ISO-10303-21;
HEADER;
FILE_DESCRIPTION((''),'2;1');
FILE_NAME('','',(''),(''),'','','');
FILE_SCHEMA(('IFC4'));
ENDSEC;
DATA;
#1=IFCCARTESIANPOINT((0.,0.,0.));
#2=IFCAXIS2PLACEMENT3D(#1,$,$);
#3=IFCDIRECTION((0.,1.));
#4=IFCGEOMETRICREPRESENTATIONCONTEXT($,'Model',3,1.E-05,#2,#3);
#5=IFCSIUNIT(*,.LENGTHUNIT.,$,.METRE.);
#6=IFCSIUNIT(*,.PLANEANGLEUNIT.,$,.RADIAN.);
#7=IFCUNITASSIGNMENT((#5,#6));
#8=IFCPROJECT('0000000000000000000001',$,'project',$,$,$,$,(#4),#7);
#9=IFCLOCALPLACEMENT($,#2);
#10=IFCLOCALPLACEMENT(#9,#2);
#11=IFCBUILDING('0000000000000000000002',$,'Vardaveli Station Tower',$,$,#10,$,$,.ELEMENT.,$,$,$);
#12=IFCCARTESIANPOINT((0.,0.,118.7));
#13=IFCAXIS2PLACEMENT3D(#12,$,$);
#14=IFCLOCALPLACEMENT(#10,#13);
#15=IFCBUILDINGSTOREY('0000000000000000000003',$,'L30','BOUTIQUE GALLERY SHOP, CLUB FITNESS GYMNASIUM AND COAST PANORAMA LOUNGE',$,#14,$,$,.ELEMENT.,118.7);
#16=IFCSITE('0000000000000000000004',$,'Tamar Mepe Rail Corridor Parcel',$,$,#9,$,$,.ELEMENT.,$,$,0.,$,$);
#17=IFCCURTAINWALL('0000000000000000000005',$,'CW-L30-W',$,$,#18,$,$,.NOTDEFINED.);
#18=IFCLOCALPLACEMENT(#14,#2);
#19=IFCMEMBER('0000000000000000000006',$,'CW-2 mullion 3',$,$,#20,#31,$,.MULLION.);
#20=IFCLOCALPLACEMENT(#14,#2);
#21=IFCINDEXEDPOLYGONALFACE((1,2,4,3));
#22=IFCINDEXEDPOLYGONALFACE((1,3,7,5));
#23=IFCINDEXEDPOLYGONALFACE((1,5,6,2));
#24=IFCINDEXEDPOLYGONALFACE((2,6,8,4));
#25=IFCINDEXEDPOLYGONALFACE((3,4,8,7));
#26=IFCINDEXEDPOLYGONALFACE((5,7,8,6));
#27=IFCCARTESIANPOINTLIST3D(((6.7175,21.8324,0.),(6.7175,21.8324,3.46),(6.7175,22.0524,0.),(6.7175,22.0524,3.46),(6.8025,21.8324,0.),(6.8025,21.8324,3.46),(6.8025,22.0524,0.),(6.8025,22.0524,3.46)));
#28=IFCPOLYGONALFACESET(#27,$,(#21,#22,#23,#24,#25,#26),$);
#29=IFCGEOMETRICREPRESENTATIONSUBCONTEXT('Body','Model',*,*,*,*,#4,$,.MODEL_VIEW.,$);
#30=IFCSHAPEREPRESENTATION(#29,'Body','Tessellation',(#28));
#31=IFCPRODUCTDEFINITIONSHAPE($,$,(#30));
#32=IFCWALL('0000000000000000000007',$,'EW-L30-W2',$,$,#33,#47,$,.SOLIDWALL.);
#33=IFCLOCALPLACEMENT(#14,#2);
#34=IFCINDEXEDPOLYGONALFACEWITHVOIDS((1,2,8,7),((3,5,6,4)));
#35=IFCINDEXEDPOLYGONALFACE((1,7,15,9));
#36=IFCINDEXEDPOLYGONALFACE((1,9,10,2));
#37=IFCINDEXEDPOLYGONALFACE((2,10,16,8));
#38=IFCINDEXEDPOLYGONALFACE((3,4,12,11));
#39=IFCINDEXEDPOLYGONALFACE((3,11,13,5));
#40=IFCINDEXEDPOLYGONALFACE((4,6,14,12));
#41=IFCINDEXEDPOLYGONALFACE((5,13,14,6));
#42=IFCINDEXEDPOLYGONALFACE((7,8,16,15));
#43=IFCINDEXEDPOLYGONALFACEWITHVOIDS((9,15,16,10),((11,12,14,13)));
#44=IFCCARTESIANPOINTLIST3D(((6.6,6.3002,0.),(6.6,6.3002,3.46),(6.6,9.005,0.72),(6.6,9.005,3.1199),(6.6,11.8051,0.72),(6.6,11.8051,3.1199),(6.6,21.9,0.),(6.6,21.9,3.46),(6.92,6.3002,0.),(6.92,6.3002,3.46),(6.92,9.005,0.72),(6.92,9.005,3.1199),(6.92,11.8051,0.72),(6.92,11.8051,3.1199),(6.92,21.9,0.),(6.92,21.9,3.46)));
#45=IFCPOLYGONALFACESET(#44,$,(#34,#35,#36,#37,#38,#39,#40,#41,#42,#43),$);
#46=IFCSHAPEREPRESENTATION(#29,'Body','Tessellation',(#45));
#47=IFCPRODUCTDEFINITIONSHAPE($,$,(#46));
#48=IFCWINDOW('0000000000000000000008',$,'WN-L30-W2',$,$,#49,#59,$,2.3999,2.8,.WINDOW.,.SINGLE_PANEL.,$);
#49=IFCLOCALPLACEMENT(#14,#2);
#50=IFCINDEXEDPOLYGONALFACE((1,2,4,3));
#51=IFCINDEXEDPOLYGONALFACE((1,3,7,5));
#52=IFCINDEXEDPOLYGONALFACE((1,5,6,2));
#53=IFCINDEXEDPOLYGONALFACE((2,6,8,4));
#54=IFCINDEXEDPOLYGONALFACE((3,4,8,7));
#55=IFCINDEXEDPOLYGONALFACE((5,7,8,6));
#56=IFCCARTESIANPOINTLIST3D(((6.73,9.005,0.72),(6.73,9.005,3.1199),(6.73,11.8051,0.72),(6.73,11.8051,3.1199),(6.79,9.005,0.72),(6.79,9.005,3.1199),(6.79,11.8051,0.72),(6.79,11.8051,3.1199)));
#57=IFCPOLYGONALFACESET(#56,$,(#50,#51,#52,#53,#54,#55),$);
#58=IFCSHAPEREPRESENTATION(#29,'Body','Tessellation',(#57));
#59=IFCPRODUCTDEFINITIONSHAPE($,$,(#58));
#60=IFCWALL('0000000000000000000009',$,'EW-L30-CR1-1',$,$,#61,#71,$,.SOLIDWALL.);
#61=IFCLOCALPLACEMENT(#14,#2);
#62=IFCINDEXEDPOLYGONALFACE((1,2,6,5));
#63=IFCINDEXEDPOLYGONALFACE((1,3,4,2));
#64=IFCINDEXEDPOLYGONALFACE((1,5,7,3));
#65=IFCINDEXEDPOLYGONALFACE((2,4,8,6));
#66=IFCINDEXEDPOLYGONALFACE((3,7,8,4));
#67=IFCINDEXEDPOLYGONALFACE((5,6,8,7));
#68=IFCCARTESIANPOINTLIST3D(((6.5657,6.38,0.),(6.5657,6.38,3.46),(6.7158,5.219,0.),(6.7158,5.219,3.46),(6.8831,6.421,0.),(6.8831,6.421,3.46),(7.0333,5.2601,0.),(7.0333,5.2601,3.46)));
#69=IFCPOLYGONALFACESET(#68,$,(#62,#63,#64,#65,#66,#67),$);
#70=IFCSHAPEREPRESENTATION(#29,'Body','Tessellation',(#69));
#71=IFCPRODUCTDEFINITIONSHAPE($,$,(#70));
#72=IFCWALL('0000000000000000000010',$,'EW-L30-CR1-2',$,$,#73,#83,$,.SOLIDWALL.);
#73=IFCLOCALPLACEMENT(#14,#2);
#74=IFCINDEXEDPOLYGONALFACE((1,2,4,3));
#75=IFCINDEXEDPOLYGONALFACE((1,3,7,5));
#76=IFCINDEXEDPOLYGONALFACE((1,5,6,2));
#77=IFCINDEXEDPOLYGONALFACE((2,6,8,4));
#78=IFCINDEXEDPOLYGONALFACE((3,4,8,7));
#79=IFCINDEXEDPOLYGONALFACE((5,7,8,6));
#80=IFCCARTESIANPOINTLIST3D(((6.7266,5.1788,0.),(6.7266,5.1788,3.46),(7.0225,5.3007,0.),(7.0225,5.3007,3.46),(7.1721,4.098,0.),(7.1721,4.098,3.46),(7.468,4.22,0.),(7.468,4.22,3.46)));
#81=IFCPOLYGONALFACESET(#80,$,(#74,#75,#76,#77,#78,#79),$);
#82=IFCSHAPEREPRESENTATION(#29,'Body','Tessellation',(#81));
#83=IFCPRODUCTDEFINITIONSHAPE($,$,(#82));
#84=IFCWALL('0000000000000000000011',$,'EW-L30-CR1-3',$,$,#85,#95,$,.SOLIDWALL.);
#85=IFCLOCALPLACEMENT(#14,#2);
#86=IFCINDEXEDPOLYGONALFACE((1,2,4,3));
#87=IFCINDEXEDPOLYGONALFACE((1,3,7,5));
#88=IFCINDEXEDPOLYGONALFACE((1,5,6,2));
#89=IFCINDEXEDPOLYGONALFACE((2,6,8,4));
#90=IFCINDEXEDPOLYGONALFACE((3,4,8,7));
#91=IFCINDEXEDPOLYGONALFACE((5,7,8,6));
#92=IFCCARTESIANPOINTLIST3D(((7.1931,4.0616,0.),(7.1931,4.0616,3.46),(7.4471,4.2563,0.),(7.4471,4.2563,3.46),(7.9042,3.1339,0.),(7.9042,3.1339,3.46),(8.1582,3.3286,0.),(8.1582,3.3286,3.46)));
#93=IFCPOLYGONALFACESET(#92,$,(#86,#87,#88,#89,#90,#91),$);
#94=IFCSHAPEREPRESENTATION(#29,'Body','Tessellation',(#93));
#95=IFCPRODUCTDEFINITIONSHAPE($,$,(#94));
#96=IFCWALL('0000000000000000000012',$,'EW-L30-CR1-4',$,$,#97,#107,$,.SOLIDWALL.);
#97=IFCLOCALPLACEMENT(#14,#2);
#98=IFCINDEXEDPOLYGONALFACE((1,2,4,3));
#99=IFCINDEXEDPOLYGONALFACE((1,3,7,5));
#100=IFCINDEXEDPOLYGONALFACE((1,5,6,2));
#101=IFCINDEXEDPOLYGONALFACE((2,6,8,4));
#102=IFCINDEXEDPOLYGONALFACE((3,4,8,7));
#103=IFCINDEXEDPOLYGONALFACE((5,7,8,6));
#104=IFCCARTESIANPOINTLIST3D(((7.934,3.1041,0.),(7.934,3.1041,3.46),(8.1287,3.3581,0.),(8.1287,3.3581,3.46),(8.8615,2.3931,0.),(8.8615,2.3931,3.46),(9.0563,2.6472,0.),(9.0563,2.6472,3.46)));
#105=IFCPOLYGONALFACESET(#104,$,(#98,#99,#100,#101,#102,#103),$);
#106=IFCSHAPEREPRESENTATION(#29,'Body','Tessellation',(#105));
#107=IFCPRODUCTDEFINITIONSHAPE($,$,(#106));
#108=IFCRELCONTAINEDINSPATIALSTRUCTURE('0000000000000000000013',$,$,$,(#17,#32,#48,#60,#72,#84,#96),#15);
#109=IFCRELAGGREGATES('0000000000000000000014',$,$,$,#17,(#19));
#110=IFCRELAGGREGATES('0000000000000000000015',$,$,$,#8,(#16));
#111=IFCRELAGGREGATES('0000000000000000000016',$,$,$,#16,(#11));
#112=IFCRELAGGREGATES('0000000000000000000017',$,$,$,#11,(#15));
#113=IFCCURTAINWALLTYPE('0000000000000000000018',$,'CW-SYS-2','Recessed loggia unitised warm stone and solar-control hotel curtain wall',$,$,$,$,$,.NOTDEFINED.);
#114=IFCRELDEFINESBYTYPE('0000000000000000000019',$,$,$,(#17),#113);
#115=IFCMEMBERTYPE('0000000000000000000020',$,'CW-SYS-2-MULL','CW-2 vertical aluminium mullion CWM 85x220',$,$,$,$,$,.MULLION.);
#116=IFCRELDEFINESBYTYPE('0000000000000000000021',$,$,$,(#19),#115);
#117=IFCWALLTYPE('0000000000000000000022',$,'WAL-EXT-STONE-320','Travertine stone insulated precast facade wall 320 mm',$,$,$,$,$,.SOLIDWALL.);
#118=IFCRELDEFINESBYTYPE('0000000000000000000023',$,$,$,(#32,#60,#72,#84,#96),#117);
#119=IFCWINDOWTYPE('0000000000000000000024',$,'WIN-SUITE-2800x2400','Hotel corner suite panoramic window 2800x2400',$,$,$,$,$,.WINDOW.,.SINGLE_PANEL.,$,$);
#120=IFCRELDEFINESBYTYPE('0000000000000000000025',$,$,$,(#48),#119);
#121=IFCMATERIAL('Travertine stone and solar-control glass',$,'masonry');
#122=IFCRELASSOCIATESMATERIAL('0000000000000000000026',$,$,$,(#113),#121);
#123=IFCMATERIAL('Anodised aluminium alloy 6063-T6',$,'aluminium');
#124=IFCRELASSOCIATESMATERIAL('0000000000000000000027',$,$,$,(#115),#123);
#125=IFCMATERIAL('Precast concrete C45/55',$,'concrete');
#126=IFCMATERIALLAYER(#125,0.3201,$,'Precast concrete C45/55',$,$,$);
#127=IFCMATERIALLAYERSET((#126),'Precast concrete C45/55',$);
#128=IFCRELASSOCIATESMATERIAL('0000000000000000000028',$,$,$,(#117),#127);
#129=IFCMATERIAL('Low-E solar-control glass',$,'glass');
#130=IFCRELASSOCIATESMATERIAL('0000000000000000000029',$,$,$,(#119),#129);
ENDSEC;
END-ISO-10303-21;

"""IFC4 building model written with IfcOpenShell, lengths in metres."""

from ifc_helpers import new_model, si_unit, direction, frame, frame_2d, origin, origin_2d, place, context, subcontext, project, spatial, rectangle, extrude, source, transform, mapped, material, layer, layer_set, material_profile, profile_set, type_object, element, fill, aggregate, save


model = new_model("IFC4")

# Units and contexts
model_context = context("Model", 3, precision=1e-05, world=origin(), true_north=direction((0.0, 1.0)))
body_context = subcontext(model_context, "Body", "Model", "MODEL_VIEW")
ifc_project = project(units=[si_unit("LENGTHUNIT", "METRE"), si_unit("PLANEANGLEUNIT", "RADIAN")], contexts=[model_context])

# Site, building, storey
site_placement = place(None, origin())
site = spatial("IfcSite", under=ifc_project, at=site_placement, Name="Tamar Mepe Rail Corridor Parcel", CompositionType="ELEMENT", RefElevation=0.0)
building_placement = place(site_placement, origin())
building = spatial("IfcBuilding", under=site, at=building_placement, Name="Vardaveli Station Tower", CompositionType="ELEMENT")
storey_placement = place(building_placement, frame((0.0, 0.0, 118.7)))
storey = spatial("IfcBuildingStorey", under=building, at=storey_placement, Name="L30", Description="BOUTIQUE GALLERY SHOP, CLUB FITNESS GYMNASIUM AND COAST PANORAMA LOUNGE", CompositionType="ELEMENT", Elevation=118.7)

# Shared definitions
ifc_material_1 = material(Name="Precast concrete C45/55", Category="concrete")

# Curtain wall, member
ifc_material_2 = material(Name="Travertine stone and solar-control glass", Category="masonry")
curtain_wall_type = type_object("IfcCurtainWallType", Name="CW-SYS-2", Description="Recessed loggia unitised warm stone and solar-control hotel curtain wall", PredefinedType="NOTDEFINED", material=ifc_material_2)
curtain_wall_placement = place(storey_placement, origin())
curtain_wall = element("IfcCurtainWall", 1, at=curtain_wall_placement, inside=storey, type_object=curtain_wall_type, Name="CW-L30-W", PredefinedType="NOTDEFINED")
ifc_material_3 = material(Name="Anodised aluminium alloy 6063-T6", Category="aluminium")
ifc_material_profile_1 = material_profile(ifc_material_3, rectangle(XDim=0.085, YDim=0.22, at=origin_2d()), Name="CWM 85x220")
ifc_profile_set_1 = profile_set([ifc_material_profile_1], Name="Anodised aluminium alloy 6063-T6")
member_type = type_object("IfcMemberType", Name="CW-SYS-2-MULL", Description="CW-2 vertical aluminium mullion CWM 85x220", PredefinedType="MULLION", material=ifc_profile_set_1)
shared_shape_1 = source(origin(), body_context, "Body", "SweptSolid", [
    extrude(rectangle(XDim=0.085, YDim=0.22, at=origin_2d()), origin(), (0.0, 0.0, 1.0), 3.46),
])
member_placement = place(storey_placement, frame((6.76, 21.9424, 0.0), z_axis=(0.0, 0.0, 1.0), x_axis=(1.0, 0.0, 0.0)))
member = element("IfcMember", 2, at=member_placement, type_object=member_type, Name="CW-2 mullion 3", PredefinedType="MULLION", context=body_context, shape_type="MappedRepresentation", body=[
    mapped(shared_shape_1, transform((0.0, 0.0, 0.0), scale=1.0)),
])
aggregate(curtain_wall, [member])

# Wall, opening, window
ifc_layer_1 = layer(ifc_material_1, 0.3201, Name="Precast concrete C45/55")
ifc_layer_set_1 = layer_set([ifc_layer_1], Name="Precast concrete C45/55")
wall_type_1 = type_object("IfcWallType", Name="WAL-EXT-STONE-320", Description="Travertine stone insulated precast facade wall 320 mm", PredefinedType="SOLIDWALL", material=ifc_layer_set_1)
shared_shape_2 = source(origin(), body_context, "Body", "SweptSolid", [
    extrude(rectangle(XDim=15.5999, YDim=0.3201, at=frame_2d((7.7998, 0.0))), origin(), (0.0, 0.0, 1.0), 3.46),
])
wall_1_placement = place(storey_placement, frame((6.76, 21.8999, 0.0), z_axis=(0.0, 0.0, 1.0), x_axis=(0.0, -1.0, 0.0)))
wall_1 = element("IfcWall", 3, at=wall_1_placement, inside=storey, type_object=wall_type_1, Name="EW-L30-W2", PredefinedType="SOLIDWALL", context=body_context, shape_type="MappedRepresentation", body=[
    mapped(shared_shape_2, transform((0.0, 0.0, 0.0), scale=1.0)),
])
shared_shape_3 = source(origin(), body_context, "Body", "SweptSolid", [
    extrude(rectangle(XDim=2.8, YDim=2.3999, at=frame_2d((1.3999, 1.2))), frame((0.0, 0.1699, 0.0), z_axis=(0.0, -1.0, 0.0), x_axis=(1.0, 0.0, 0.0)), (0.0, 0.0, 1.0), 0.3401),
])
opening_1_placement = place(wall_1_placement, frame((10.095, 0.0, 0.72)))
opening_1 = element("IfcOpeningElement", 4, at=opening_1_placement, cuts=wall_1, PredefinedType="OPENING", context=body_context, shape_type="MappedRepresentation", body=[
    mapped(shared_shape_3, transform((0.0, 0.0, 0.0), scale=1.0)),
])
ifc_material_4 = material(Name="Low-E solar-control glass", Category="glass")
window_type = type_object("IfcWindowType", Name="WIN-SUITE-2800x2400", Description="Hotel corner suite panoramic window 2800x2400", PartitioningType="SINGLE_PANEL", PredefinedType="WINDOW", material=ifc_material_4)
shared_shape_4 = source(origin(), body_context, "Body", "SweptSolid", [
    extrude(rectangle(XDim=2.8, YDim=2.3999, at=frame_2d((1.3999, 1.2))), frame((0.0, 0.03, 0.0), z_axis=(0.0, -1.0, 0.0), x_axis=(1.0, 0.0, 0.0)), (0.0, 0.0, 1.0), 0.0601),
])
window_placement = place(opening_1_placement, origin())
window = element("IfcWindow", 5, at=window_placement, inside=storey, type_object=window_type, Name="WN-L30-W2", OverallHeight=2.3999, OverallWidth=2.8, PartitioningType="SINGLE_PANEL", PredefinedType="WINDOW", context=body_context, shape_type="MappedRepresentation", body=[
    mapped(shared_shape_4, transform((0.0, 0.0, 0.0), scale=1.0)),
])
fill(opening_1, window)

# Walls
shared_shape_5 = source(origin(), body_context, "Body", "SweptSolid", [
    extrude(rectangle(XDim=1.1707, YDim=0.3201, at=frame_2d((0.5854, 0.0))), origin(), (0.0, 0.0, 1.0), 3.46),
])
wall_2_placement = place(storey_placement, frame((6.7244, 6.4006, 0.0), z_axis=(0.0, 0.0, 1.0), x_axis=(0.128269, -0.991739, 0.0)))
element("IfcWall", 6, at=wall_2_placement, inside=storey, type_object=wall_type_1, Name="EW-L30-CR1-1", PredefinedType="SOLIDWALL", context=body_context, shape_type="MappedRepresentation", body=[
    mapped(shared_shape_5, transform((0.0, 0.0, 0.0), scale=1.0)),
])
shared_shape_6 = source(origin(), body_context, "Body", "SweptSolid", [
    extrude(rectangle(XDim=1.1689, YDim=0.3201, at=frame_2d((0.5845, 0.0))), origin(), (0.0, 0.0, 1.0), 3.46),
])
for number, where, z_axis, x_axis, name in (
    (7, (6.8745, 5.2397, 0.0), (0.0, 0.0, 1.0), (0.381128, -0.924522, 0.0), "EW-L30-CR1-2"),
    (8, (7.3201, 4.1589, 0.0), (0.0, 0.0, 1.0), (0.608388, -0.79364, 0.0), "EW-L30-CR1-3"),
):
    element("IfcWall", number, at=place(storey_placement, frame(where, z_axis=z_axis, x_axis=x_axis)), inside=storey, type_object=wall_type_1, Name=name, PredefinedType="SOLIDWALL", context=body_context, shape_type="MappedRepresentation", body=[
        mapped(shared_shape_6, transform((0.0, 0.0, 0.0), scale=1.0)),
    ])
shared_shape_7 = source(origin(), body_context, "Body", "SweptSolid", [
    extrude(rectangle(XDim=1.1687, YDim=0.3201, at=frame_2d((0.5845, 0.0))), origin(), (0.0, 0.0, 1.0), 3.46),
])
wall_3_placement = place(storey_placement, frame((8.0312, 3.2312, 0.0), z_axis=(0.0, 0.0, 1.0), x_axis=(0.793664, -0.608357, 0.0)))
element("IfcWall", 9, at=wall_3_placement, inside=storey, type_object=wall_type_1, Name="EW-L30-CR1-4", PredefinedType="SOLIDWALL", context=body_context, shape_type="MappedRepresentation", body=[
    mapped(shared_shape_7, transform((0.0, 0.0, 0.0), scale=1.0)),
])

save(model, "model.ifc")
